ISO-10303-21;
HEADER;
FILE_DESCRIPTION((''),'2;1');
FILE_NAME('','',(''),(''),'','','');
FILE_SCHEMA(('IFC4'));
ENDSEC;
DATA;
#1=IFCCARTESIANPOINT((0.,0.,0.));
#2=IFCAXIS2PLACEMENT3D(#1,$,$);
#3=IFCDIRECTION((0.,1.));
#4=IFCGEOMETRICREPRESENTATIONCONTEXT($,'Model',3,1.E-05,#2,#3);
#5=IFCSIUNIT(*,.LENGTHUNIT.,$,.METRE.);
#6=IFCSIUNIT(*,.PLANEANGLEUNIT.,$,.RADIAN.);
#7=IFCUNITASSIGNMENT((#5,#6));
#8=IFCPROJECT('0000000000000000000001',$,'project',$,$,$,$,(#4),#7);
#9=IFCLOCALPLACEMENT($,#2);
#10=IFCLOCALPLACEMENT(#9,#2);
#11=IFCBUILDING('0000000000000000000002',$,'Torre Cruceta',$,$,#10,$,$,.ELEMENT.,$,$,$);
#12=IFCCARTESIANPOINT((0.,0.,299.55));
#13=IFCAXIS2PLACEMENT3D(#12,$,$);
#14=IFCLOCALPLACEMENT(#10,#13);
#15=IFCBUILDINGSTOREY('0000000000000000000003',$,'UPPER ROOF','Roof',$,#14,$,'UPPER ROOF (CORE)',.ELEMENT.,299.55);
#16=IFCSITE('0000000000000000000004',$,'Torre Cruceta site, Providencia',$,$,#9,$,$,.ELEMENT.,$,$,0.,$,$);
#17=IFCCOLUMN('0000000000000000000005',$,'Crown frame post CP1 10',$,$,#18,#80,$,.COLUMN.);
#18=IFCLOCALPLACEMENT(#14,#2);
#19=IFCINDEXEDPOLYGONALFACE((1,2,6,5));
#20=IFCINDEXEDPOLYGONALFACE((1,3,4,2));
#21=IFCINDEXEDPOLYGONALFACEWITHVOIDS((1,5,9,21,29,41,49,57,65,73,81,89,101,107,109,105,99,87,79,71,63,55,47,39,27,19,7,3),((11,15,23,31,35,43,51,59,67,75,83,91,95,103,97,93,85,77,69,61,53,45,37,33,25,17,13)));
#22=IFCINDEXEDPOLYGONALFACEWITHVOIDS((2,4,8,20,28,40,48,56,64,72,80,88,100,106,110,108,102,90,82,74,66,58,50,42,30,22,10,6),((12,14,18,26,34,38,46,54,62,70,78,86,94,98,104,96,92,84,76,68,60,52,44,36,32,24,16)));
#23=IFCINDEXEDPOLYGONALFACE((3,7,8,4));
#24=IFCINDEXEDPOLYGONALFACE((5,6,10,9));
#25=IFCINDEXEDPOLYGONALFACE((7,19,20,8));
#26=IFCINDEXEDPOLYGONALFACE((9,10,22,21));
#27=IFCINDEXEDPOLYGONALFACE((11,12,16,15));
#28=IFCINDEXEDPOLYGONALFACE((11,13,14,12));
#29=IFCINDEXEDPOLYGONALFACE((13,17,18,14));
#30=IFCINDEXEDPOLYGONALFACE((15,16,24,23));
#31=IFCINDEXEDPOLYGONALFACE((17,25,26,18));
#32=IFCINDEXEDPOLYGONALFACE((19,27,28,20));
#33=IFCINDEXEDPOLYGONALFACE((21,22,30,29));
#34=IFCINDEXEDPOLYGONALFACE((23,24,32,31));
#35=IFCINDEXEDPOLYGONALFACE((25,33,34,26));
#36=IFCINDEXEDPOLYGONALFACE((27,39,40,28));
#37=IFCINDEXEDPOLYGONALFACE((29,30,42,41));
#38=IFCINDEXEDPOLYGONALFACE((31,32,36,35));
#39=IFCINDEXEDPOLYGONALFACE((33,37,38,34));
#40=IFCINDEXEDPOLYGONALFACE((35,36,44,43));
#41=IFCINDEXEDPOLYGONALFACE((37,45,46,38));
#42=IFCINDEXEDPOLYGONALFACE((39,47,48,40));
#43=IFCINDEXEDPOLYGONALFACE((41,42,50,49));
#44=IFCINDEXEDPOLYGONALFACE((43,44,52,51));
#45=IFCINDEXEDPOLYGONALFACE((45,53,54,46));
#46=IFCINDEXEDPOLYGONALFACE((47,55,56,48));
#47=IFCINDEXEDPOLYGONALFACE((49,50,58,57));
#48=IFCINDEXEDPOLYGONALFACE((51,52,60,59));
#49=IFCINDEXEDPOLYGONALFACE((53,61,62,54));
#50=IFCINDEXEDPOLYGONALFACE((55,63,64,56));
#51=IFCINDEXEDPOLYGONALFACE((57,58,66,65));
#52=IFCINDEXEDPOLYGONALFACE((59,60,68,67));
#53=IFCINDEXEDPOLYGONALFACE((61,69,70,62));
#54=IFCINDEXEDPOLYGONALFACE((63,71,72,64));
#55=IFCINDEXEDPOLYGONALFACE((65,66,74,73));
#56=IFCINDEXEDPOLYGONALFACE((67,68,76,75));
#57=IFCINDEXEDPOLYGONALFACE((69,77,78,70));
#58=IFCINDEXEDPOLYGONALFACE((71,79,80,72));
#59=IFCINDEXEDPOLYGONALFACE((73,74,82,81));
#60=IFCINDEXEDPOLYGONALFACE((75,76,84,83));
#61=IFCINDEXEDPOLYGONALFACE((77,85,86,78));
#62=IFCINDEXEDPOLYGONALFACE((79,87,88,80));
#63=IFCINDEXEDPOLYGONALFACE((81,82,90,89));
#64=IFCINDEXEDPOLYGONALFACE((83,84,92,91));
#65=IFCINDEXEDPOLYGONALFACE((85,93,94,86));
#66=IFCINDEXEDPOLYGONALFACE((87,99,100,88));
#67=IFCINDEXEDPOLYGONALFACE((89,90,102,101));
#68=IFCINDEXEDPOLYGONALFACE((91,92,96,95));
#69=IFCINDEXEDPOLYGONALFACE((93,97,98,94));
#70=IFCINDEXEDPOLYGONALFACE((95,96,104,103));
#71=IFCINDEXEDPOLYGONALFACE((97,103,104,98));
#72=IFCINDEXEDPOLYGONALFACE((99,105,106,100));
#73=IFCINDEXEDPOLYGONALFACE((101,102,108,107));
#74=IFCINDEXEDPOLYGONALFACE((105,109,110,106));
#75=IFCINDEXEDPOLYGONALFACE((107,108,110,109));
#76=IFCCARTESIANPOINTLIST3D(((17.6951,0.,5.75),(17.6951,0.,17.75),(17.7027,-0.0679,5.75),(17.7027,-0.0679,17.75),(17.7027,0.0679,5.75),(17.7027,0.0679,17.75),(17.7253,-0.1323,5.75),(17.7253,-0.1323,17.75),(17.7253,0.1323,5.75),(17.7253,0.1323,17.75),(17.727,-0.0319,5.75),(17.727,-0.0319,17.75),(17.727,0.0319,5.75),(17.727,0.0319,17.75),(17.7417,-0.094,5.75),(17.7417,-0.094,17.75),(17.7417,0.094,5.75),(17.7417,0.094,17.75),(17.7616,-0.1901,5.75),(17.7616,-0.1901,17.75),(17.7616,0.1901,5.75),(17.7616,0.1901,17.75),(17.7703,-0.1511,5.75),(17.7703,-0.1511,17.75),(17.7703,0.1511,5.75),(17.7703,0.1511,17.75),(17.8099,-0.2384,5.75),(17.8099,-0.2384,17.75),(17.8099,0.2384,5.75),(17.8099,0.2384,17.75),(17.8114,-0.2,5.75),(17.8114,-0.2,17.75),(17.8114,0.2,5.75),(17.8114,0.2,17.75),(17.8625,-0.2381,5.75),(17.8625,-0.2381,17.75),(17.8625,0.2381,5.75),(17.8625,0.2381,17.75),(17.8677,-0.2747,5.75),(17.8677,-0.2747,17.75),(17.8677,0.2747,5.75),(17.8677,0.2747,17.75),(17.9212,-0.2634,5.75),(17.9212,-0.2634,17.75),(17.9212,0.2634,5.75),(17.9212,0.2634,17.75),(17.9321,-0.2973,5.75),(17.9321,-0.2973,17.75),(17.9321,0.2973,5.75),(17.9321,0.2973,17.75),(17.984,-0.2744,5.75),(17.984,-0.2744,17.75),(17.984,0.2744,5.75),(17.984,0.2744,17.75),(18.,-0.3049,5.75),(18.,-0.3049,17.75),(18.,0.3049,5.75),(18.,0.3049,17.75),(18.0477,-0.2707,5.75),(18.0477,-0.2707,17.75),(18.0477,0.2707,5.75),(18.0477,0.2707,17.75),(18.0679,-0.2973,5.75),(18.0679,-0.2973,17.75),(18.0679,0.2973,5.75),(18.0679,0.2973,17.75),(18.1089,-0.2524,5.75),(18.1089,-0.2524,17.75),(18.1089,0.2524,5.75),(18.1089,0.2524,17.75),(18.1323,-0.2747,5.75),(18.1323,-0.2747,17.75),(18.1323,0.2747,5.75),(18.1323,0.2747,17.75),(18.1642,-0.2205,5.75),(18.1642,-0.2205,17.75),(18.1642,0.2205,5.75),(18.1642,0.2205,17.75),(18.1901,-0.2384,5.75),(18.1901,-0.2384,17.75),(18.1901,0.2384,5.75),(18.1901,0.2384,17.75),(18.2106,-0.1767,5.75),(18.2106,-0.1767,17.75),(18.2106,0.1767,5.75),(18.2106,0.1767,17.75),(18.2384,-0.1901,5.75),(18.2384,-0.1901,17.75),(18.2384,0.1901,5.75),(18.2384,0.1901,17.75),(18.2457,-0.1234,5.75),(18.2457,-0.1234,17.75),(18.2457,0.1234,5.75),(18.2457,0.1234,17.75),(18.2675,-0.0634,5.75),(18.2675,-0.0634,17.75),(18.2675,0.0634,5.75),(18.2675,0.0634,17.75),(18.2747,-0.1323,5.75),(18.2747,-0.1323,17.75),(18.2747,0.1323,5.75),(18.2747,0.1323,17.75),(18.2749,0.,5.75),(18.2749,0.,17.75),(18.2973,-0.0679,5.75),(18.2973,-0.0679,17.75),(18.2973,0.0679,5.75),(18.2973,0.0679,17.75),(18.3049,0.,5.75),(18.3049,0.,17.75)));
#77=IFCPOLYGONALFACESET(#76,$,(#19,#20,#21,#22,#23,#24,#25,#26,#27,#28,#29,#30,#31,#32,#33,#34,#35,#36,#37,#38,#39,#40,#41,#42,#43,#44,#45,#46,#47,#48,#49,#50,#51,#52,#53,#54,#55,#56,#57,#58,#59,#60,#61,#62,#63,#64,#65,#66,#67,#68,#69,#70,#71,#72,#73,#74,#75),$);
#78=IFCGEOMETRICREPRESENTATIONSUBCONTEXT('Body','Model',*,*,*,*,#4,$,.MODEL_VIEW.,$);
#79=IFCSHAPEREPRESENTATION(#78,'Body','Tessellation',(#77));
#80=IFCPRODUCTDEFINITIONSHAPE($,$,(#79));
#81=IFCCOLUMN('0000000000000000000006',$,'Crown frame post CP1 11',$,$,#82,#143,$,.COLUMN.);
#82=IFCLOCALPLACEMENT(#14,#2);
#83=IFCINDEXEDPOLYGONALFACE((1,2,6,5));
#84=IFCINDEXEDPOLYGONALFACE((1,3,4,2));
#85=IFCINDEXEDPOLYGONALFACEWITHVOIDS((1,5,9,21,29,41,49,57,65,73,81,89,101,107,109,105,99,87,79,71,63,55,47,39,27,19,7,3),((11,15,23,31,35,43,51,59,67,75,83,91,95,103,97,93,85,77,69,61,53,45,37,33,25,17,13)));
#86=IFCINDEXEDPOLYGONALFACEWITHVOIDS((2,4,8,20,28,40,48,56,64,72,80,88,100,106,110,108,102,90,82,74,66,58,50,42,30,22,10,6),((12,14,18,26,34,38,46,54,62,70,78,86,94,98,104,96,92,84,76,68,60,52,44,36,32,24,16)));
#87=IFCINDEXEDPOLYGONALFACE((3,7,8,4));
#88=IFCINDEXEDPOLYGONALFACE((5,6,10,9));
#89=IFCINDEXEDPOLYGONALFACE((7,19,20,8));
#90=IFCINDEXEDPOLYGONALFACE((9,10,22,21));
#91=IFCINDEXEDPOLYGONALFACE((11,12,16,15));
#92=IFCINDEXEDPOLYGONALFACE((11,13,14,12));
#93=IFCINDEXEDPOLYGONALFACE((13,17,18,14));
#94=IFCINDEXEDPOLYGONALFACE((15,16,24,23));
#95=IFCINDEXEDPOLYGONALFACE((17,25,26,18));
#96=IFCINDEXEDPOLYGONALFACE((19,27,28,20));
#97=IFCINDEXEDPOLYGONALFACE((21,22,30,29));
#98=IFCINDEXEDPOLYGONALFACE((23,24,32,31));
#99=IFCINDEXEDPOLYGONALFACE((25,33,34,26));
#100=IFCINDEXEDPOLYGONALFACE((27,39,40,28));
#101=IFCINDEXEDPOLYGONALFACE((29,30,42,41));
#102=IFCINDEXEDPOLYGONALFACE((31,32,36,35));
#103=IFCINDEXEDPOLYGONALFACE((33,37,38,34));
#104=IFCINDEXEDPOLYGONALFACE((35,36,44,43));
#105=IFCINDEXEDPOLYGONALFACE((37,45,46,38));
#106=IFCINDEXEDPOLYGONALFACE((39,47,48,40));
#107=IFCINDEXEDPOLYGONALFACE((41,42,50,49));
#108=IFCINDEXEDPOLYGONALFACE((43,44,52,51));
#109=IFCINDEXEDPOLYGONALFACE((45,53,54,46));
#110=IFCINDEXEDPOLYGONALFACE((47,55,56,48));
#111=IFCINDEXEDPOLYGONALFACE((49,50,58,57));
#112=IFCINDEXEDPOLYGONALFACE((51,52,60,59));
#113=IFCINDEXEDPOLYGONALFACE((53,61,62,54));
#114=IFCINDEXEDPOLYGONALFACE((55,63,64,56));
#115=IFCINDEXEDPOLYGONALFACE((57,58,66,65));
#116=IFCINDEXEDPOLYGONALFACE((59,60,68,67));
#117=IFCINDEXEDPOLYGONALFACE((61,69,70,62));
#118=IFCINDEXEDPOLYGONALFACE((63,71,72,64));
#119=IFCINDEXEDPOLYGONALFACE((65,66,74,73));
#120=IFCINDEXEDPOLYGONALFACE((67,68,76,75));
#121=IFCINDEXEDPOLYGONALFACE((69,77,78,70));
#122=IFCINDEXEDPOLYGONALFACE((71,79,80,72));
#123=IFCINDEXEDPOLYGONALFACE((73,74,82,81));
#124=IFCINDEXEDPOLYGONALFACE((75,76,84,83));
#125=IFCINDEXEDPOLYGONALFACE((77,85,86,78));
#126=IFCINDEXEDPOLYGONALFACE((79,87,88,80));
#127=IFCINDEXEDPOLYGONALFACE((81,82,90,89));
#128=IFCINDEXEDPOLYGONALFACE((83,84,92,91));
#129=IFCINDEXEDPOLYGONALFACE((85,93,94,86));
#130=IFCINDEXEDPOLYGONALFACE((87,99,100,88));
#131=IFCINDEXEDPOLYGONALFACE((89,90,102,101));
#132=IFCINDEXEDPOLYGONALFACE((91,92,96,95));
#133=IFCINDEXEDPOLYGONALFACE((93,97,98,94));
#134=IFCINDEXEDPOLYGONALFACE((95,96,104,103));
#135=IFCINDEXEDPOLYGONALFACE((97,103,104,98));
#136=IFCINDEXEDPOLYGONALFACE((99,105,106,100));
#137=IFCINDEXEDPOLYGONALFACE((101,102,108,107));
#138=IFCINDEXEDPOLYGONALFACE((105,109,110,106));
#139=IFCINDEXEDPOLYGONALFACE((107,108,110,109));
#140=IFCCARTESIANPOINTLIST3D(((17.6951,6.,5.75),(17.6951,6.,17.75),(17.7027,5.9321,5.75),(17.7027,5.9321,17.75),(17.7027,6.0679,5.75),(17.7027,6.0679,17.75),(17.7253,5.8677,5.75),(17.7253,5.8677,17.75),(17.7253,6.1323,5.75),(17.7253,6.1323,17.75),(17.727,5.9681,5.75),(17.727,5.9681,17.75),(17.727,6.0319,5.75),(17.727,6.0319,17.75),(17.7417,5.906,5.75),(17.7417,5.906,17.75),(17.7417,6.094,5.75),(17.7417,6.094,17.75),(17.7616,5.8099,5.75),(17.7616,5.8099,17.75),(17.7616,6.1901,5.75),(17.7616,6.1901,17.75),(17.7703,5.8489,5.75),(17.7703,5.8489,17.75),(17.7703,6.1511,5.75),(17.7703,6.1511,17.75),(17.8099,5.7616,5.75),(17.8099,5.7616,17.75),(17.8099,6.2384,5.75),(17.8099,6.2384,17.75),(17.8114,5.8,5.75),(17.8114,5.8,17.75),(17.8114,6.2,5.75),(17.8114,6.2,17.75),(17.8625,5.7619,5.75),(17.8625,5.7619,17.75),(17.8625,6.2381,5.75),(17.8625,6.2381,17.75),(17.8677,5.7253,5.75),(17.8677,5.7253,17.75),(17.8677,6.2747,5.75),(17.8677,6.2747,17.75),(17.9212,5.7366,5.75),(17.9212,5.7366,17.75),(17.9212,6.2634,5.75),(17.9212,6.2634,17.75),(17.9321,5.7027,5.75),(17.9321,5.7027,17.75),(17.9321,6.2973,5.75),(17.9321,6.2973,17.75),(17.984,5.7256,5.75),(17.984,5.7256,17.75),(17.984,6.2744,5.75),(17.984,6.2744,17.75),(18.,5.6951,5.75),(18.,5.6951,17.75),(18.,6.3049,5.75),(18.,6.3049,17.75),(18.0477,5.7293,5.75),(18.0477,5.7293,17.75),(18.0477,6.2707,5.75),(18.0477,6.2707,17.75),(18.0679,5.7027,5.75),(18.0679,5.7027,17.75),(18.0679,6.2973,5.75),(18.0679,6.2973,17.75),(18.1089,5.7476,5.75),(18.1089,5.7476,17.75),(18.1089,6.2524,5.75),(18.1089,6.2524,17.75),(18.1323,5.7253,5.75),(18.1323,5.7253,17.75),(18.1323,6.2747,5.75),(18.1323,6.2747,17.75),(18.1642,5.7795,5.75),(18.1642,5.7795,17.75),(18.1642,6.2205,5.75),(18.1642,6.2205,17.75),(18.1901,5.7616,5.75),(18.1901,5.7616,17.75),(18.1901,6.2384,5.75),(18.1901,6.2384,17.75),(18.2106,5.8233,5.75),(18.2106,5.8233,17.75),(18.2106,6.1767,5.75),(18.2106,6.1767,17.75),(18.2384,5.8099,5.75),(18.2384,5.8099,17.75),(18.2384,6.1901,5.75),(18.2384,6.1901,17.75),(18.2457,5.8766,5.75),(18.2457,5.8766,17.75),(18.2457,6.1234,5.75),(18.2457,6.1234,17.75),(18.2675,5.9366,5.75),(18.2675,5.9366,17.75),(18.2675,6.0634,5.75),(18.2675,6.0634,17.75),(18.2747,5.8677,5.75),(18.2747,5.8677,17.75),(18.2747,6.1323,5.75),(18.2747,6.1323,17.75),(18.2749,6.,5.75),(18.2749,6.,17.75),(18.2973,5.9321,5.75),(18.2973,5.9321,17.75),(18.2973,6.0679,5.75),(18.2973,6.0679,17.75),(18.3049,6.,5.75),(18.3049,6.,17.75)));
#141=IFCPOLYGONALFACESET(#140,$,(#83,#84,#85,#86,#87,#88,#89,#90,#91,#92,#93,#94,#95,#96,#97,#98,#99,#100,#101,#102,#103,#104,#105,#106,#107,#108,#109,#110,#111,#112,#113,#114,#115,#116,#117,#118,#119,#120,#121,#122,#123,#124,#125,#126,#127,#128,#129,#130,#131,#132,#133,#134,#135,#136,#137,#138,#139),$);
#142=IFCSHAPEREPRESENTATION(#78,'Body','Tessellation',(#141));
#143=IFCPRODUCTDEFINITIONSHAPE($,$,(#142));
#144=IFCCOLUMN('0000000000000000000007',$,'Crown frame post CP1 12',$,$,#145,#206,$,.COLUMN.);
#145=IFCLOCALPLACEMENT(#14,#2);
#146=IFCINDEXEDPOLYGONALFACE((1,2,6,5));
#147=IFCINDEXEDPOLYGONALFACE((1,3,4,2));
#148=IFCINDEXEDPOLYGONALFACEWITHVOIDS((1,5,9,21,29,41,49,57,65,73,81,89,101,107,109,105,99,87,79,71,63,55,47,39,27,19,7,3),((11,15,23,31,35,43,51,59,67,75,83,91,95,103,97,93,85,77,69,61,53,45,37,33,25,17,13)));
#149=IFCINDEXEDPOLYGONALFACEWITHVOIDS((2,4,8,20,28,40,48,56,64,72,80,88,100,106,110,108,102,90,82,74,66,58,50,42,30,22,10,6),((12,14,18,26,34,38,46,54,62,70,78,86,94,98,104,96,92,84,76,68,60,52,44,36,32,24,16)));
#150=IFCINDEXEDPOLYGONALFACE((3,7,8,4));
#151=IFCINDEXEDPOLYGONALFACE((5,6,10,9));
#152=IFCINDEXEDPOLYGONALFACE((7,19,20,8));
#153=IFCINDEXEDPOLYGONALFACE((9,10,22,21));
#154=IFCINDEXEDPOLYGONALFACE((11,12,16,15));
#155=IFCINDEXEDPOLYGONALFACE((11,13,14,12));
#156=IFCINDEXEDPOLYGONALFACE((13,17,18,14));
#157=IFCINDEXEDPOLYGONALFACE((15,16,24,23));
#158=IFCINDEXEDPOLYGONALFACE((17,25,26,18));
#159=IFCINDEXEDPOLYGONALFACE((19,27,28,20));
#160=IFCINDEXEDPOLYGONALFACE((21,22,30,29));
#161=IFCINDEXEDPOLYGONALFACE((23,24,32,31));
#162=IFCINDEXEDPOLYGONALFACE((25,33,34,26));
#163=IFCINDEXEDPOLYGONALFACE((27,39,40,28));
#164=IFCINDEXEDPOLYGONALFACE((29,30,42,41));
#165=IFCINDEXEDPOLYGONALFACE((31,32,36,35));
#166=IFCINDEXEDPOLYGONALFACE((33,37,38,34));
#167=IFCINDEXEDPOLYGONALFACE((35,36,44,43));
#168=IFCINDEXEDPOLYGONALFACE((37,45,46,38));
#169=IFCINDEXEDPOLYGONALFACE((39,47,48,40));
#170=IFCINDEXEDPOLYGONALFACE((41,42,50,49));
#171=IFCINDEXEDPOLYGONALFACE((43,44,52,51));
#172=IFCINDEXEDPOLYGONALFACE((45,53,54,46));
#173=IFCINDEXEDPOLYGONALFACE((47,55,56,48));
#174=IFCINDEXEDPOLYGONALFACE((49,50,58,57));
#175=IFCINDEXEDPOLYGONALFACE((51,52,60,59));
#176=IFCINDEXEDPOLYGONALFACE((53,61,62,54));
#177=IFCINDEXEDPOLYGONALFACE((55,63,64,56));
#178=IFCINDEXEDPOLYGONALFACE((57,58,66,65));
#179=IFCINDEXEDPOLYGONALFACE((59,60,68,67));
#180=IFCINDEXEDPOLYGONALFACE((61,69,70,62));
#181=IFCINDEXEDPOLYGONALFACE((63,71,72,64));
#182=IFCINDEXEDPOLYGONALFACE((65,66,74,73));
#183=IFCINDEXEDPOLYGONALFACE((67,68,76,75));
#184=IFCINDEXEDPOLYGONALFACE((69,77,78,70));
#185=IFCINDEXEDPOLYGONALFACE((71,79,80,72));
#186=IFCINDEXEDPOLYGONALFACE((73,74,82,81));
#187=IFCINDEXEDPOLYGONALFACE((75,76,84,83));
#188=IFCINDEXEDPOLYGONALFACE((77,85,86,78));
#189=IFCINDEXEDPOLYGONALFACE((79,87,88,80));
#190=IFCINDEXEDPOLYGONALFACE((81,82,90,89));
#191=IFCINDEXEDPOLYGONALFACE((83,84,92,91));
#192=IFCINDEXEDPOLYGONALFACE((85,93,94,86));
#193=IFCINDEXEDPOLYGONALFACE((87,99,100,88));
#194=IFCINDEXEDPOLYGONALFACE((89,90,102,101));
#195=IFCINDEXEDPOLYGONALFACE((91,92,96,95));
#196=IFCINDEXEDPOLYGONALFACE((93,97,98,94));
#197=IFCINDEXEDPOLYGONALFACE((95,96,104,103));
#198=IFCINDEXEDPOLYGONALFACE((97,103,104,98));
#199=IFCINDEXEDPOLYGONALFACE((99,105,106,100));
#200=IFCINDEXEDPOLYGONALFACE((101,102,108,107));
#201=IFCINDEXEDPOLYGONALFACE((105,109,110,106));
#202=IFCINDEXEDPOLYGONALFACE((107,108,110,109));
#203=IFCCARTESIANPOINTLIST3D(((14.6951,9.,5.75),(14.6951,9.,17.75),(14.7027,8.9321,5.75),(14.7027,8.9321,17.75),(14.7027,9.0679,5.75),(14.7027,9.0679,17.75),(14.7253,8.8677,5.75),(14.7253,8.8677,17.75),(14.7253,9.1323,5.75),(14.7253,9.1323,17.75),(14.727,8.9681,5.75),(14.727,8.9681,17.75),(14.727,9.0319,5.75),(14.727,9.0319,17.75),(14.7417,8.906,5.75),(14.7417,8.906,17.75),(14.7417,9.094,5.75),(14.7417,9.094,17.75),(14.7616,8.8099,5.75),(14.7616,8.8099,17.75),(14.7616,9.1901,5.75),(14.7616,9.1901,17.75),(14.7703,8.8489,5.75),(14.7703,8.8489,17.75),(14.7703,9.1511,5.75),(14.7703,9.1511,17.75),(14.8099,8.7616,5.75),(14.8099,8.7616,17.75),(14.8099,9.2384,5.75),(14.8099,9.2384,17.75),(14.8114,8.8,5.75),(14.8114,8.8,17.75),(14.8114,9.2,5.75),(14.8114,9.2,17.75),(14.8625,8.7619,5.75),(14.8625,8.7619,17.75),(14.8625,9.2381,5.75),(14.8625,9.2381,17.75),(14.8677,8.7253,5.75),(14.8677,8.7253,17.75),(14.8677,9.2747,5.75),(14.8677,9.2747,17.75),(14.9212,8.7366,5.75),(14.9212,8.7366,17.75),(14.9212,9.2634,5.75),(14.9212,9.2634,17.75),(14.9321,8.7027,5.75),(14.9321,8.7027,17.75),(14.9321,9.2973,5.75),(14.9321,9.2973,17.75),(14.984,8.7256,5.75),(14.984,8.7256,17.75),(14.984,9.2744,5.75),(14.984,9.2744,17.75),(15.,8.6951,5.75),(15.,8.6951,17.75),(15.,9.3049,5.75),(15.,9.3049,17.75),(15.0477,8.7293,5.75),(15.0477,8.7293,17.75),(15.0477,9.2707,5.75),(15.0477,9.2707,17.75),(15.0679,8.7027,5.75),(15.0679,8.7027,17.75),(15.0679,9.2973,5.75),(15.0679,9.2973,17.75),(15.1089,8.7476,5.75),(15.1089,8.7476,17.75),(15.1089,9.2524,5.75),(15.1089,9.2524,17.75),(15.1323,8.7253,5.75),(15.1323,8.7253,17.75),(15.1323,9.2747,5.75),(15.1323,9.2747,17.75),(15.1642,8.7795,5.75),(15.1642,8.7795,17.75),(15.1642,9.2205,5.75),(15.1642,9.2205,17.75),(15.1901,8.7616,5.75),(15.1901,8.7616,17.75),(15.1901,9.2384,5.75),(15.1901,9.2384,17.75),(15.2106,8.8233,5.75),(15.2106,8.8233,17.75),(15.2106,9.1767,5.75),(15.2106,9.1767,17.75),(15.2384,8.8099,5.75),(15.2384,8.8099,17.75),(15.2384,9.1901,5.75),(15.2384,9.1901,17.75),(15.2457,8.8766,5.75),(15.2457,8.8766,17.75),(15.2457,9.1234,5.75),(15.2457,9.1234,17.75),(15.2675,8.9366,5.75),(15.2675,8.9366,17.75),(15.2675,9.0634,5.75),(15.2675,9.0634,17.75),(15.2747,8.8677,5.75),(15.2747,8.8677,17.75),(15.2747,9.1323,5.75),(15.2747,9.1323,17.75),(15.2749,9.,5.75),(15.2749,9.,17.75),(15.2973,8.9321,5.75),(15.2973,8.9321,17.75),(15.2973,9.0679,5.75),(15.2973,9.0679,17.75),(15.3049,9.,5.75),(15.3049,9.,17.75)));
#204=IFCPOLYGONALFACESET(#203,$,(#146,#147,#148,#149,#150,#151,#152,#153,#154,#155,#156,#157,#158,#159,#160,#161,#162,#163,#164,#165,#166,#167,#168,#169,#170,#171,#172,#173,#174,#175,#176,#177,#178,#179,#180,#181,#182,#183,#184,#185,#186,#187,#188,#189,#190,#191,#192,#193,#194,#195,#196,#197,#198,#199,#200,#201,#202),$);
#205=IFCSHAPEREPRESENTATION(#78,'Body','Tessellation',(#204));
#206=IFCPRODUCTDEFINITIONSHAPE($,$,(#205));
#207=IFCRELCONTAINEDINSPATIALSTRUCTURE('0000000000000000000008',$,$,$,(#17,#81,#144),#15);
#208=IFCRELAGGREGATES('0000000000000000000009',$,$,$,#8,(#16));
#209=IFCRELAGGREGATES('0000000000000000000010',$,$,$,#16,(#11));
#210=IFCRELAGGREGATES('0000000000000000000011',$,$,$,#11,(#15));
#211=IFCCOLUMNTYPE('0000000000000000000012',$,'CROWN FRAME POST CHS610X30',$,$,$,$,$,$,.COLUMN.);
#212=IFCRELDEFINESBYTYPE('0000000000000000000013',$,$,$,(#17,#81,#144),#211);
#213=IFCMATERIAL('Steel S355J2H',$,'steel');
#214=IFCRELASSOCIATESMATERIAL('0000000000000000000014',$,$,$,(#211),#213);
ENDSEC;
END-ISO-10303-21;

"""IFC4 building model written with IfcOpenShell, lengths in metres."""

from ifc_helpers import new_model, si_unit, direction, frame, origin, origin_2d, place, context, subcontext, project, spatial, hollow_circle, extrude, material, material_profile, profile_set, type_object, element, save


model = new_model("IFC4")

# Units and contexts
model_context = context("Model", 3, precision=1e-05, world=origin(), true_north=direction((0.0, 1.0)))
body_context = subcontext(model_context, "Body", "Model", "MODEL_VIEW")
ifc_project = project(units=[si_unit("LENGTHUNIT", "METRE"), si_unit("PLANEANGLEUNIT", "RADIAN")], contexts=[model_context])

# Site, building, storey
site_placement = place(None, origin())
site = spatial("IfcSite", under=ifc_project, at=site_placement, Name="Torre Cruceta site, Providencia", CompositionType="ELEMENT", RefElevation=0.0)
building_placement = place(site_placement, origin())
building = spatial("IfcBuilding", under=site, at=building_placement, Name="Torre Cruceta", CompositionType="ELEMENT")
storey_placement = place(building_placement, frame((0.0, 0.0, 299.55)))
storey = spatial("IfcBuildingStorey", under=building, at=storey_placement, Name="UPPER ROOF", Description="Roof", LongName="UPPER ROOF (CORE)", CompositionType="ELEMENT", Elevation=299.55)

# Columns
ifc_material_1 = material(Name="Steel S355J2H", Category="steel")
ifc_material_profile_1 = material_profile(ifc_material_1, hollow_circle(Radius=0.3049, WallThickness=0.03, at=origin_2d()), Name="CHS610X30")
ifc_profile_set_1 = profile_set([ifc_material_profile_1], Name="Steel S355J2H")
column_type_1 = type_object("IfcColumnType", Name="CROWN FRAME POST CHS610X30", PredefinedType="COLUMN", material=ifc_profile_set_1)
for number, where, z_axis, x_axis, name in (
    (1, (18.0, 0.0, 5.75), (0.0, 0.0, 1.0), (1.0, 0.0, 0.0), "Crown frame post CP1 10"),
    (2, (18.0, 6.0, 5.75), (0.0, 0.0, 1.0), (1.0, 0.0, 0.0), "Crown frame post CP1 11"),
    (3, (15.0, 9.0, 5.75), (0.0, 0.0, 1.0), (1.0, 0.0, 0.0), "Crown frame post CP1 12"),
):
    element("IfcColumn", number, at=place(storey_placement, frame(where, z_axis=z_axis, x_axis=x_axis)), inside=storey, type_object=column_type_1, Name=name, PredefinedType="COLUMN", context=body_context, shape_type="SweptSolid", body=[
        extrude(hollow_circle(Radius=0.3049, WallThickness=0.03, at=origin_2d()), origin(), (0.0, 0.0, 1.0), 12.0),
    ])

save(model, "model.ifc")
